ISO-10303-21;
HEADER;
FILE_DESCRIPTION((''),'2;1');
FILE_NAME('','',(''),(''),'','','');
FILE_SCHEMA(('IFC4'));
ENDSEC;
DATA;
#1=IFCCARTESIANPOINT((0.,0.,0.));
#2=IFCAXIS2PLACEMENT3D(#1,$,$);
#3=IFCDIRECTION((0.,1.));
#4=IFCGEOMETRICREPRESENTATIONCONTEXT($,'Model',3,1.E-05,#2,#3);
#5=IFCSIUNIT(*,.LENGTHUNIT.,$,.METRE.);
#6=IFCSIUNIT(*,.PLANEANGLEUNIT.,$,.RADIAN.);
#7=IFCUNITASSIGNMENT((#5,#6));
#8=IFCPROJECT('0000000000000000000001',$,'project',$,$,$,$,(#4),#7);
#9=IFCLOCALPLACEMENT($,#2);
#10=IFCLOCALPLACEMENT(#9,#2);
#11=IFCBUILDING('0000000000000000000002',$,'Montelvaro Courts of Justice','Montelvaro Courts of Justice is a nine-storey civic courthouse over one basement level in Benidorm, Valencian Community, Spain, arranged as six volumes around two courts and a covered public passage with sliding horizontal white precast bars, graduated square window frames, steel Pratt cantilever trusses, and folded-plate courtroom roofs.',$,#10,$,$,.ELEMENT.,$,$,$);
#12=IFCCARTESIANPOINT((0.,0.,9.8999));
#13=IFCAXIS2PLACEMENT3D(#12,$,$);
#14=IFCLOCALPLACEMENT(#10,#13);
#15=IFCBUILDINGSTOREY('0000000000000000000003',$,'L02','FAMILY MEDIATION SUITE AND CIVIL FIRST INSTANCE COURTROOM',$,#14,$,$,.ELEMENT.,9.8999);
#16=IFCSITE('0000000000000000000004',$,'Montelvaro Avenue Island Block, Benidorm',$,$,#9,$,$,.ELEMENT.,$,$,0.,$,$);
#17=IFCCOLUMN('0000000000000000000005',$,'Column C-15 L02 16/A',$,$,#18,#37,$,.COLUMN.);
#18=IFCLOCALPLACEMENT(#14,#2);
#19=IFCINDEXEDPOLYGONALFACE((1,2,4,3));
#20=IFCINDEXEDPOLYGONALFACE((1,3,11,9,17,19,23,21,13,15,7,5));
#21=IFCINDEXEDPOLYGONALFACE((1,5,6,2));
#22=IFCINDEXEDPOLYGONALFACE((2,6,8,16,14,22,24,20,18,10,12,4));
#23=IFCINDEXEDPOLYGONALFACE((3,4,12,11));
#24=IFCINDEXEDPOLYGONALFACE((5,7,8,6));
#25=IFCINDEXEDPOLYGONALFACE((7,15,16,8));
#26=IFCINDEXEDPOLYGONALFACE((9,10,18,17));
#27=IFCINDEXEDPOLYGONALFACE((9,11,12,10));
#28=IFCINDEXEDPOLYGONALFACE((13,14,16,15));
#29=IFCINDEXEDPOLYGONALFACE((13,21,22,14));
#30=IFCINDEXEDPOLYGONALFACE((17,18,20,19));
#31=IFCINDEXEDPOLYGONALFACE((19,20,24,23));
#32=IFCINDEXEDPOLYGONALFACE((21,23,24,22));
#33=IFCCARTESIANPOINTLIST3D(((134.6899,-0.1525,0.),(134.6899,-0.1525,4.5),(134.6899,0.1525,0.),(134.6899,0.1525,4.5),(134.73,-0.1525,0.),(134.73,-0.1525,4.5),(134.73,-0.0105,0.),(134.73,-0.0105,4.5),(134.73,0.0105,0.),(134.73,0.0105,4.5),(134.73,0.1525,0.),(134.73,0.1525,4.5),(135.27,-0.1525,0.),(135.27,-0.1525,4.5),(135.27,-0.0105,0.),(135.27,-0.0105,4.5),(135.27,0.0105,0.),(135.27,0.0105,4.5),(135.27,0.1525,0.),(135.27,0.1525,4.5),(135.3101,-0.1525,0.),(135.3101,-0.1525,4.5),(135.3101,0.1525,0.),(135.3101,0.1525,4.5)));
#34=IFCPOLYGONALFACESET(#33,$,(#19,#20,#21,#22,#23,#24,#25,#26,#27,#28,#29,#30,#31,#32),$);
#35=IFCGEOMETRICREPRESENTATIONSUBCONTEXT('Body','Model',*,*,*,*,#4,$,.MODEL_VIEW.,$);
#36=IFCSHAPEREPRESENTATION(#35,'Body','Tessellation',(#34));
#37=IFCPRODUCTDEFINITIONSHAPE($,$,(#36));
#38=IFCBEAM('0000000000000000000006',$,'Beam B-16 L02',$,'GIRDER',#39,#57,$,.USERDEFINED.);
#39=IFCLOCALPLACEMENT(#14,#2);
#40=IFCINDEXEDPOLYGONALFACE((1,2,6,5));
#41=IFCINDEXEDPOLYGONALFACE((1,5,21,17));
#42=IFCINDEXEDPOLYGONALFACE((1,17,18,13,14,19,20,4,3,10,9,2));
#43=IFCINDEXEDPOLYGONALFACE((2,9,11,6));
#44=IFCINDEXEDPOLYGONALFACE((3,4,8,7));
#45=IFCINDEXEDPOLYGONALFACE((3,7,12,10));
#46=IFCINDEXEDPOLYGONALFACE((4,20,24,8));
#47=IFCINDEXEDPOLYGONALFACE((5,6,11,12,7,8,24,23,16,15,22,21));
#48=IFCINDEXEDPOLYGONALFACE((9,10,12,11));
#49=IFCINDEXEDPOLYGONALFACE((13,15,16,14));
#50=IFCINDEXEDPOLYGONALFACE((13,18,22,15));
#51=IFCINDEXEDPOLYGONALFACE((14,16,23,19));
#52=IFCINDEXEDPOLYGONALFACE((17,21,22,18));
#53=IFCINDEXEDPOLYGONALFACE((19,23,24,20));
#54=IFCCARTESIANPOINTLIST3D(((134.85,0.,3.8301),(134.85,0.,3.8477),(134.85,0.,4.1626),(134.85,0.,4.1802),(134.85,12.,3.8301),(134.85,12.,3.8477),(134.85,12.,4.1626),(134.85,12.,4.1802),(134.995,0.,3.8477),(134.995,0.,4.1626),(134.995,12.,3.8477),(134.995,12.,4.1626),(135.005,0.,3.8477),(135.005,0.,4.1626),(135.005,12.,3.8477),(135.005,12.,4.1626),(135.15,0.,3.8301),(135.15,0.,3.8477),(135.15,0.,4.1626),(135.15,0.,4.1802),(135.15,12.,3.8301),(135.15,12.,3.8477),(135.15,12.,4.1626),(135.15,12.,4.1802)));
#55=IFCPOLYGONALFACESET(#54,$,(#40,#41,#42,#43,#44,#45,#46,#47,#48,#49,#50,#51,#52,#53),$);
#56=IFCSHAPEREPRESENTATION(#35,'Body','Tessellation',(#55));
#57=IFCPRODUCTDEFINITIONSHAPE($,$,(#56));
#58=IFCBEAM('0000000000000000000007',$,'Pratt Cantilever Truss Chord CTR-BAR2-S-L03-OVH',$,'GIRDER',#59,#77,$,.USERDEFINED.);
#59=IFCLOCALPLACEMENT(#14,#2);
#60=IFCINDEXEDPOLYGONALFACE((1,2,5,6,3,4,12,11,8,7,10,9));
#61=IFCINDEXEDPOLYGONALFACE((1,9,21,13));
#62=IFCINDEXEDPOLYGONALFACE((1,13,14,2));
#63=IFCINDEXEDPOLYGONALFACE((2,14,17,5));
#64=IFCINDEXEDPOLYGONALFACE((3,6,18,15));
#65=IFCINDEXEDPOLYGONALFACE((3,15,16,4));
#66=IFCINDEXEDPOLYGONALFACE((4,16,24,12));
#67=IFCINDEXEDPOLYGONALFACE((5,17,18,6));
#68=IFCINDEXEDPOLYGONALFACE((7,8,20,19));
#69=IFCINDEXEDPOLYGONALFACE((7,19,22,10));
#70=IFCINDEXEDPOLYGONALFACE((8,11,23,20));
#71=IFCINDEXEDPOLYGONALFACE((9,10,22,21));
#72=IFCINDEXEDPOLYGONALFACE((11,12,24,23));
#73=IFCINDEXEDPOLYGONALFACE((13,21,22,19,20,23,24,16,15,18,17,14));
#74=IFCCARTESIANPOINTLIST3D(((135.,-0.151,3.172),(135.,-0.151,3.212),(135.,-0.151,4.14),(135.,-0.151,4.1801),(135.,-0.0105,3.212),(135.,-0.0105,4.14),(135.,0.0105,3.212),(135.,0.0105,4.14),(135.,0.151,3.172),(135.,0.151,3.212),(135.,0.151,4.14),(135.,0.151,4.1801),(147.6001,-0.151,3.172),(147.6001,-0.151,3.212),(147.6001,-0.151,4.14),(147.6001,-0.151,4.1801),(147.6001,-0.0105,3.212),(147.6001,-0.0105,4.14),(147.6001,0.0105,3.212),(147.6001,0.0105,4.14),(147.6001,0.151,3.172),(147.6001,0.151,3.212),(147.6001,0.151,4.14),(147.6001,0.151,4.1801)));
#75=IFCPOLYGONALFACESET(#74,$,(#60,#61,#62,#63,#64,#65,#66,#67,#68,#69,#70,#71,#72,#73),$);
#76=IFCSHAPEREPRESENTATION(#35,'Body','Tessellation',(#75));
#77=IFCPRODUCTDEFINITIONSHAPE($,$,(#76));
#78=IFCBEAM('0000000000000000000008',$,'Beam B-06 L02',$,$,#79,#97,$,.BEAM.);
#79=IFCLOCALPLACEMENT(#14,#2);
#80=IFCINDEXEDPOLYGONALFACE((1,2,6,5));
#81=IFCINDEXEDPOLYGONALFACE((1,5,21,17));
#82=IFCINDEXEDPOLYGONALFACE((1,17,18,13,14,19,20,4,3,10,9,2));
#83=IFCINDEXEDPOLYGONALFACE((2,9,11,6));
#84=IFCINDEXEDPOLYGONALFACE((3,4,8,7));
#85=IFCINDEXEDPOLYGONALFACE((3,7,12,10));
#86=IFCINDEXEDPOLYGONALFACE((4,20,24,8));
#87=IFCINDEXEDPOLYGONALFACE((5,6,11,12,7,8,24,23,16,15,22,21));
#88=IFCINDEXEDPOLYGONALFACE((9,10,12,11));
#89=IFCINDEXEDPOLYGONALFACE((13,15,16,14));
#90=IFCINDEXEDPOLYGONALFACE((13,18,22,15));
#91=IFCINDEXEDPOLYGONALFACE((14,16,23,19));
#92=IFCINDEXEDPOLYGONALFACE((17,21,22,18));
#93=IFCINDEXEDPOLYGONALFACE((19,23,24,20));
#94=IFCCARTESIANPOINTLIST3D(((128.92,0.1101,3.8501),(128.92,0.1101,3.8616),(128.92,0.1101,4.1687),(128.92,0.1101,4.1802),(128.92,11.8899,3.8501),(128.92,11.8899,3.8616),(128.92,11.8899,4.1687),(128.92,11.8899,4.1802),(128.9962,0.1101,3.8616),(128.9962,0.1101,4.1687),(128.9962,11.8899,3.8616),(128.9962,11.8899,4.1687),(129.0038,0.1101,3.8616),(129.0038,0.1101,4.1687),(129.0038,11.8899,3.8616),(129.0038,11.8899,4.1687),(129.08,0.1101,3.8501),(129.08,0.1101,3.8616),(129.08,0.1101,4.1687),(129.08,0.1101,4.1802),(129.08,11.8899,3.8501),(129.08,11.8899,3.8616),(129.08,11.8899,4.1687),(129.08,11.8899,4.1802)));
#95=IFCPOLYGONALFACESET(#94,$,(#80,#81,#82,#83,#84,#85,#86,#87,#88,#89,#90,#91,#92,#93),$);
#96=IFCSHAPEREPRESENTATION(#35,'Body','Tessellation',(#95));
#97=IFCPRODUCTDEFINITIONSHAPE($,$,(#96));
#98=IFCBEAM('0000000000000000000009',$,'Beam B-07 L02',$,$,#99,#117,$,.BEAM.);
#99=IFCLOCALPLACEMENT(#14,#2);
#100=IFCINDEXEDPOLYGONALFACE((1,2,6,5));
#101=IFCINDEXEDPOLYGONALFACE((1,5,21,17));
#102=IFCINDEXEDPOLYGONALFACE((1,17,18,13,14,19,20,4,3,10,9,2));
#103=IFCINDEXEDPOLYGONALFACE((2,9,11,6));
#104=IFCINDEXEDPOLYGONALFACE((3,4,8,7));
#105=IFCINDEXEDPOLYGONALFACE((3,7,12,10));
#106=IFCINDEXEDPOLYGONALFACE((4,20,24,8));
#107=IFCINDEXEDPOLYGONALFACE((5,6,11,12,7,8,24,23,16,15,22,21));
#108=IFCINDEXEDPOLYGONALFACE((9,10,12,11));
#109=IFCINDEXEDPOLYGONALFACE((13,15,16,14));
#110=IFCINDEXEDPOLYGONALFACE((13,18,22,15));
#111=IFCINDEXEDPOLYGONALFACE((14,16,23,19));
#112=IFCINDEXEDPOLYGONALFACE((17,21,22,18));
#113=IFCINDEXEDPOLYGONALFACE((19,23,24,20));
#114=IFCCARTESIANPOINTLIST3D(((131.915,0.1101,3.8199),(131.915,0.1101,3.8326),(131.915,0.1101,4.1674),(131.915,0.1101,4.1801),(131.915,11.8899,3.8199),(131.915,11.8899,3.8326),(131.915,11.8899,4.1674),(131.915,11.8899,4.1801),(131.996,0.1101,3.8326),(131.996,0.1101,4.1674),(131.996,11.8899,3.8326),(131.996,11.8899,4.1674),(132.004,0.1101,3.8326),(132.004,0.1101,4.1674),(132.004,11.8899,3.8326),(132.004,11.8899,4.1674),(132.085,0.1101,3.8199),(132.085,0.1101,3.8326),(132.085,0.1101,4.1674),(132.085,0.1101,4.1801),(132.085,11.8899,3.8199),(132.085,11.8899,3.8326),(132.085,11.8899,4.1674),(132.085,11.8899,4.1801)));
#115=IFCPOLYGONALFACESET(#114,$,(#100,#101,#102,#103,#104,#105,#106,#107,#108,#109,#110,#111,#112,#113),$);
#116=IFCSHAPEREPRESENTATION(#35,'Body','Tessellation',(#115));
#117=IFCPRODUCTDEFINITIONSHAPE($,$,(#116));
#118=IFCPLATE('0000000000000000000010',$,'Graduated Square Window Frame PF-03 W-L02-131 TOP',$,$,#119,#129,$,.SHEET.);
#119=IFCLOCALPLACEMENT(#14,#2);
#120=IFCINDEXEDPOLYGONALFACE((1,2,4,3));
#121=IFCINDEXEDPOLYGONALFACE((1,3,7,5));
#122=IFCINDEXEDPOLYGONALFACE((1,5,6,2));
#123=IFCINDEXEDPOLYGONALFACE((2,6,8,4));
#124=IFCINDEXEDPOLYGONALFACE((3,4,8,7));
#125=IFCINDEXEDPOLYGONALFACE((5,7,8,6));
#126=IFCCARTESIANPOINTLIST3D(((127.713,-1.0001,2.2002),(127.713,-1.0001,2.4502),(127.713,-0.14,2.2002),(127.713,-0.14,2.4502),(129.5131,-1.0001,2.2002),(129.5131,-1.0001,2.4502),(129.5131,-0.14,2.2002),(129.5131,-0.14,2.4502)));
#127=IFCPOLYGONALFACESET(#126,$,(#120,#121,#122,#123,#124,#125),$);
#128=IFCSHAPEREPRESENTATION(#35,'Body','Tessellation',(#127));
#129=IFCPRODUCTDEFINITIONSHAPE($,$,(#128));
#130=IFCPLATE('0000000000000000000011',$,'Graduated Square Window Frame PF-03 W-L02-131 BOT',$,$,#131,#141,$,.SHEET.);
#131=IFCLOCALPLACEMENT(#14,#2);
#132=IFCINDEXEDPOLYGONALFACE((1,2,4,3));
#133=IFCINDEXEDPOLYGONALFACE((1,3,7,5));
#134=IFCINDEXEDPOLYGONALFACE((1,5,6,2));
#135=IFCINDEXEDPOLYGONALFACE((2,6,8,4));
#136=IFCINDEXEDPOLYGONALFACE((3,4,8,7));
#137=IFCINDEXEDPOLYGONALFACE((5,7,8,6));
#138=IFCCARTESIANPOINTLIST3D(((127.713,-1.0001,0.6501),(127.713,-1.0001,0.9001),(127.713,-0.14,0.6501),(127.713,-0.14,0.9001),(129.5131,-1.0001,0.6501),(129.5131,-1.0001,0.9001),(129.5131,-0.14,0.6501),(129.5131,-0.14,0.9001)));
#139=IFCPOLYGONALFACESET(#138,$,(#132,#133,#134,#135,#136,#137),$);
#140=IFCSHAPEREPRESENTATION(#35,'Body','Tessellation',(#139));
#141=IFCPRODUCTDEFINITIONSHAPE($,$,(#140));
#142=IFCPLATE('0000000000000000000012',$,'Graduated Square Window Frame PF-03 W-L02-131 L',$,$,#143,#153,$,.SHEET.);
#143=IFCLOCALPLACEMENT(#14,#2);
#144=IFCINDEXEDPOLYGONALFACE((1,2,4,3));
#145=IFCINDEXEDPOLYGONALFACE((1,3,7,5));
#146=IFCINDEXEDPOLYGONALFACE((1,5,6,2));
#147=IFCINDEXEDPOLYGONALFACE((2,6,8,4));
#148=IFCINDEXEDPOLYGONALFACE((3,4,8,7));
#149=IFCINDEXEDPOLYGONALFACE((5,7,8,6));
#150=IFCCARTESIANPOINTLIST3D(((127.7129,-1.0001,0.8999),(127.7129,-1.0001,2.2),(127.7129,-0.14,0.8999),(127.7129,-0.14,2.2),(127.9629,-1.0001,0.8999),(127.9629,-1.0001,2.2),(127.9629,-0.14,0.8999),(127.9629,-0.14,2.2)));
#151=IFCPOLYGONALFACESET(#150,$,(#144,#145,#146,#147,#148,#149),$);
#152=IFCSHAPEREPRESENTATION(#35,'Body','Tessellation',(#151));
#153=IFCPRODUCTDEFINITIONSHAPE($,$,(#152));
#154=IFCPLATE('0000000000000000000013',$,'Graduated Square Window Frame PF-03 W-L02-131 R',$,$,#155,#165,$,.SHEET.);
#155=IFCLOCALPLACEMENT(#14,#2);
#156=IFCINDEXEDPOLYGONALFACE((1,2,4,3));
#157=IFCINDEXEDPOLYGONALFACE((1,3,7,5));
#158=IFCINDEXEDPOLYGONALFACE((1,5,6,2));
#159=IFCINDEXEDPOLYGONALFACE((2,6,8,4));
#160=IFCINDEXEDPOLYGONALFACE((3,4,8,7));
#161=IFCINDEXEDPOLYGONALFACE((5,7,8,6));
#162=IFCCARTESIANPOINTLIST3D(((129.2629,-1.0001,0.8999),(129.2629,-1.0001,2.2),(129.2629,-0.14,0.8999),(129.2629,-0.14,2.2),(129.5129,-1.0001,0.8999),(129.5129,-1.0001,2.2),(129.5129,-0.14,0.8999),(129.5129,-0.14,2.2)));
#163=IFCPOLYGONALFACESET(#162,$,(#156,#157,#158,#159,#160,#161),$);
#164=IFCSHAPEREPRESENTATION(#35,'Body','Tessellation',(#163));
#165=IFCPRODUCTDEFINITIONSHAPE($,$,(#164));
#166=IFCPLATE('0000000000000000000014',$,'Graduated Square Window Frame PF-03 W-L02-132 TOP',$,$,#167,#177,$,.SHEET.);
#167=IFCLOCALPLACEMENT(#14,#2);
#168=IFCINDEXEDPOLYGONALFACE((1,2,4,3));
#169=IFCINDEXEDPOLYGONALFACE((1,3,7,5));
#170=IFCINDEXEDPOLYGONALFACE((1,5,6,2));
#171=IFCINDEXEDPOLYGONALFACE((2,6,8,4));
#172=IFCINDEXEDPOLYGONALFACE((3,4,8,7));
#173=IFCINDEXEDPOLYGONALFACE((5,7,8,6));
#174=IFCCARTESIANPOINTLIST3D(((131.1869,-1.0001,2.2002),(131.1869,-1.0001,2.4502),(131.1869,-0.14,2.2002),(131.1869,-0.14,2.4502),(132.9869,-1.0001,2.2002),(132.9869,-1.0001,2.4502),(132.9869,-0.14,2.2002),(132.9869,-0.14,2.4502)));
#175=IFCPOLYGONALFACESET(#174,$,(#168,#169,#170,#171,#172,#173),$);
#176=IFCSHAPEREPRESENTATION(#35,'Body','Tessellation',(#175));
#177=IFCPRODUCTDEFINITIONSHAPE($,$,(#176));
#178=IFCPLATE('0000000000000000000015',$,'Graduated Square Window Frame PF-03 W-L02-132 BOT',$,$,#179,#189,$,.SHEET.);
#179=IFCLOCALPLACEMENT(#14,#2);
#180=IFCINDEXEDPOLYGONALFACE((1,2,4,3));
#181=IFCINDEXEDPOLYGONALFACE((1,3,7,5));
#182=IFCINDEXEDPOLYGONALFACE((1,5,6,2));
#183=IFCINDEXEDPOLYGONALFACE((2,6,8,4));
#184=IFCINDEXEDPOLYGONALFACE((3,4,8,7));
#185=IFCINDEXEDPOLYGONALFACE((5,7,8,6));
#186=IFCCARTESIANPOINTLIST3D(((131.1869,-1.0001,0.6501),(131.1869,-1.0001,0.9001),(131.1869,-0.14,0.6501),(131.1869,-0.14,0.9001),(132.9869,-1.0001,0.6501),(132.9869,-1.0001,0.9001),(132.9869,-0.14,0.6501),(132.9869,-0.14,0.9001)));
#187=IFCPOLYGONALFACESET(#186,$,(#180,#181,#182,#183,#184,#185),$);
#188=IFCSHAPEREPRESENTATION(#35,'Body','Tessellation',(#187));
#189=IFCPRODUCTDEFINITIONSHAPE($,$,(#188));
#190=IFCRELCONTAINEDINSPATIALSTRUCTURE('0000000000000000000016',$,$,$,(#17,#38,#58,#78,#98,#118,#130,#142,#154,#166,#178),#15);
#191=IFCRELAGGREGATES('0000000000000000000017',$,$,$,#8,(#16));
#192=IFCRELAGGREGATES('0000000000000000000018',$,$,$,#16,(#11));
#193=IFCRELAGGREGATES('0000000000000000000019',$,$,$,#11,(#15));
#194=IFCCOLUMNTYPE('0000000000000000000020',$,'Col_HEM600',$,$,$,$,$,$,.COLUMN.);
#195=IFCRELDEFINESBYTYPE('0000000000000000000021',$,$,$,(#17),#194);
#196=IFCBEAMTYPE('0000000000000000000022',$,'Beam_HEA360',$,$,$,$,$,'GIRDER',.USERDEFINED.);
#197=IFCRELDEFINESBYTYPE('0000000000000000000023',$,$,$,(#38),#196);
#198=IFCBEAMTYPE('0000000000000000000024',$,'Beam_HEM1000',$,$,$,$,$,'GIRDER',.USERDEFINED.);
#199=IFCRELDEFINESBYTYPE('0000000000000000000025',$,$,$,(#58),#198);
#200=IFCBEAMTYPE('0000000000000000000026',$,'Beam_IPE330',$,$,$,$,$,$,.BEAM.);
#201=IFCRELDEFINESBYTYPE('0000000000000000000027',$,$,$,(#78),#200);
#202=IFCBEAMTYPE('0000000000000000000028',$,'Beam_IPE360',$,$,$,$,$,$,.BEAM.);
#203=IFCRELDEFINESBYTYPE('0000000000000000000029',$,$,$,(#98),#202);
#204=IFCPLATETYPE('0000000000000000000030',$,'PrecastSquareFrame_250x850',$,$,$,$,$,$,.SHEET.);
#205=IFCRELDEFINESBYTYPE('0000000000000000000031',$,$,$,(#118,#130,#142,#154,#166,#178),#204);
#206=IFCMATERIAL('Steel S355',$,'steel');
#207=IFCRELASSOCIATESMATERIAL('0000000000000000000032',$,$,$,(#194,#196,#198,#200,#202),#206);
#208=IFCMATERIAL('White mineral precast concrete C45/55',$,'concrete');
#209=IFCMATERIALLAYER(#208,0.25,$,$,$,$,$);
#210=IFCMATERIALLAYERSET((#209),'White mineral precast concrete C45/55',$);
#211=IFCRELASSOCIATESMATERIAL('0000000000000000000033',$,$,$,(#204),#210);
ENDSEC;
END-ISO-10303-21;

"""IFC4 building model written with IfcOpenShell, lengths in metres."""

from ifc_helpers import new_model, si_unit, direction, frame, origin, origin_2d, place, context, subcontext, project, spatial, rectangle, i_section, extrude, material, layer, layer_set, material_profile, profile_set, type_object, element, save


model = new_model("IFC4")

# Units and contexts
model_context = context("Model", 3, precision=1e-05, world=origin(), true_north=direction((0.0, 1.0)))
body_context = subcontext(model_context, "Body", "Model", "MODEL_VIEW")
ifc_project = project(units=[si_unit("LENGTHUNIT", "METRE"), si_unit("PLANEANGLEUNIT", "RADIAN")], contexts=[model_context])

# Site, building, storey
site_placement = place(None, origin())
site = spatial("IfcSite", under=ifc_project, at=site_placement, Name="Montelvaro Avenue Island Block, Benidorm", CompositionType="ELEMENT", RefElevation=0.0)
building_placement = place(site_placement, origin())
building = spatial("IfcBuilding", under=site, at=building_placement, Name="Montelvaro Courts of Justice", Description="Montelvaro Courts of Justice is a nine-storey civic courthouse over one basement level in Benidorm, Valencian Community, Spain, arranged as six volumes around two courts and a covered public passage with sliding horizontal white precast bars, graduated square window frames, steel Pratt cantilever trusses, and folded-plate courtroom roofs.", CompositionType="ELEMENT")
storey_placement = place(building_placement, frame((0.0, 0.0, 9.8999)))
storey = spatial("IfcBuildingStorey", under=building, at=storey_placement, Name="L02", Description="FAMILY MEDIATION SUITE AND CIVIL FIRST INSTANCE COURTROOM", CompositionType="ELEMENT", Elevation=9.8999)

# Column
ifc_material_1 = material(Name="Steel S355", Category="steel")
ifc_material_profile_1 = material_profile(ifc_material_1, i_section(OverallWidth=0.3049, OverallDepth=0.6201, WebThickness=0.021, FlangeThickness=0.04, at=origin_2d()), Name="HEM 600")
ifc_profile_set_1 = profile_set([ifc_material_profile_1], Name="Steel S355")
column_type = type_object("IfcColumnType", Name="Col_HEM600", PredefinedType="COLUMN", material=ifc_profile_set_1)
column_placement = place(storey_placement, frame((135.0, 0.0, 0.0), z_axis=(0.0, 0.0, 1.0), x_axis=(0.0, 1.0, 0.0)))
element("IfcColumn", 1, at=column_placement, inside=storey, type_object=column_type, Name="Column C-15 L02 16/A", PredefinedType="COLUMN", context=body_context, shape_type="SweptSolid", body=[
    extrude(i_section(OverallWidth=0.3049, OverallDepth=0.6201, WebThickness=0.021, FlangeThickness=0.04, at=origin_2d()), origin(), (0.0, 0.0, 1.0), 4.5),
])

# Beams
ifc_material_profile_2 = material_profile(ifc_material_1, i_section(OverallWidth=0.3, OverallDepth=0.3501, WebThickness=0.01, FlangeThickness=0.0176, at=origin_2d()), Name="HEA 360")
ifc_profile_set_2 = profile_set([ifc_material_profile_2], Name="Steel S355")
beam_type_1 = type_object("IfcBeamType", Name="Beam_HEA360", ElementType="GIRDER", PredefinedType="USERDEFINED", material=ifc_profile_set_2)
beam_1_placement = place(storey_placement, frame((135.0, 0.0, 4.0051), z_axis=(0.0, 1.0, 0.0), x_axis=(-1.0, 0.0, 0.0)))
element("IfcBeam", 2, at=beam_1_placement, inside=storey, type_object=beam_type_1, Name="Beam B-16 L02", ObjectType="GIRDER", PredefinedType="USERDEFINED", context=body_context, shape_type="SweptSolid", body=[
    extrude(i_section(OverallWidth=0.3, OverallDepth=0.3501, WebThickness=0.01, FlangeThickness=0.0176, at=origin_2d()), origin(), (0.0, 0.0, 1.0), 12.0),
])
ifc_material_profile_3 = material_profile(ifc_material_1, i_section(OverallWidth=0.302, OverallDepth=1.0081, WebThickness=0.021, FlangeThickness=0.04, at=origin_2d()), Name="HEM 1000")
ifc_profile_set_3 = profile_set([ifc_material_profile_3], Name="Steel S355")
beam_type_2 = type_object("IfcBeamType", Name="Beam_HEM1000", ElementType="GIRDER", PredefinedType="USERDEFINED", material=ifc_profile_set_3)
beam_2_placement = place(storey_placement, frame((135.0, 0.0, 3.676), z_axis=(1.0, 0.0, 0.0), x_axis=(0.0, 1.0, 0.0)))
element("IfcBeam", 3, at=beam_2_placement, inside=storey, type_object=beam_type_2, Name="Pratt Cantilever Truss Chord CTR-BAR2-S-L03-OVH", ObjectType="GIRDER", PredefinedType="USERDEFINED", context=body_context, shape_type="SweptSolid", body=[
    extrude(i_section(OverallWidth=0.302, OverallDepth=1.0081, WebThickness=0.021, FlangeThickness=0.04, at=origin_2d()), origin(), (0.0, 0.0, 1.0), 12.6001),
])
ifc_material_profile_4 = material_profile(ifc_material_1, i_section(OverallWidth=0.1599, OverallDepth=0.3301, WebThickness=0.0076, FlangeThickness=0.0115, at=origin_2d()), Name="IPE 330")
ifc_profile_set_4 = profile_set([ifc_material_profile_4], Name="Steel S355")
beam_type_3 = type_object("IfcBeamType", Name="Beam_IPE330", PredefinedType="BEAM", material=ifc_profile_set_4)
beam_3_placement = place(storey_placement, frame((129.0, 0.1101, 4.0151), z_axis=(0.0, 1.0, 0.0), x_axis=(-1.0, 0.0, 0.0)))
element("IfcBeam", 4, at=beam_3_placement, inside=storey, type_object=beam_type_3, Name="Beam B-06 L02", PredefinedType="BEAM", context=body_context, shape_type="SweptSolid", body=[
    extrude(i_section(OverallWidth=0.1599, OverallDepth=0.3301, WebThickness=0.0076, FlangeThickness=0.0115, at=origin_2d()), origin(), (0.0, 0.0, 1.0), 11.7798),
])
ifc_material_profile_5 = material_profile(ifc_material_1, i_section(OverallWidth=0.1699, OverallDepth=0.3601, WebThickness=0.0081, FlangeThickness=0.0127, at=origin_2d()), Name="IPE 360")
ifc_profile_set_5 = profile_set([ifc_material_profile_5], Name="Steel S355")
beam_type_4 = type_object("IfcBeamType", Name="Beam_IPE360", PredefinedType="BEAM", material=ifc_profile_set_5)
beam_4_placement = place(storey_placement, frame((132.0, 0.1101, 4.0), z_axis=(0.0, 1.0, 0.0), x_axis=(-1.0, 0.0, 0.0)))
element("IfcBeam", 5, at=beam_4_placement, inside=storey, type_object=beam_type_4, Name="Beam B-07 L02", PredefinedType="BEAM", context=body_context, shape_type="SweptSolid", body=[
    extrude(i_section(OverallWidth=0.1699, OverallDepth=0.3601, WebThickness=0.0081, FlangeThickness=0.0127, at=origin_2d()), origin(), (0.0, 0.0, 1.0), 11.7798),
])

# Plates
ifc_material_2 = material(Name="White mineral precast concrete C45/55", Category="concrete")
ifc_layer_1 = layer(ifc_material_2, 0.25)
ifc_layer_set_1 = layer_set([ifc_layer_1], Name="White mineral precast concrete C45/55")
plate_type = type_object("IfcPlateType", Name="PrecastSquareFrame_250x850", PredefinedType="SHEET", material=ifc_layer_set_1)
for number, where, z_axis, x_axis, name in (
    (6, (128.613, -0.5701, 2.2002), (0.0, 0.0, 1.0), (1.0, 0.0, 0.0), "Graduated Square Window Frame PF-03 W-L02-131 TOP"),
    (7, (128.613, -0.5701, 0.6501), (0.0, 0.0, 1.0), (1.0, 0.0, 0.0), "Graduated Square Window Frame PF-03 W-L02-131 BOT"),
):
    element("IfcPlate", number, at=place(storey_placement, frame(where, z_axis=z_axis, x_axis=x_axis)), inside=storey, type_object=plate_type, Name=name, PredefinedType="SHEET", context=body_context, shape_type="SweptSolid", body=[
        extrude(rectangle(XDim=1.8, YDim=0.8601, at=origin_2d()), origin(), (0.0, 0.0, 1.0), 0.25),
    ])
for number, where, z_axis, x_axis, name in (
    (8, (127.8379, -0.5701, 0.8999), (0.0, 0.0, 1.0), (1.0, 0.0, 0.0), "Graduated Square Window Frame PF-03 W-L02-131 L"),
    (9, (129.3879, -0.5701, 0.8999), (0.0, 0.0, 1.0), (1.0, 0.0, 0.0), "Graduated Square Window Frame PF-03 W-L02-131 R"),
):
    element("IfcPlate", number, at=place(storey_placement, frame(where, z_axis=z_axis, x_axis=x_axis)), inside=storey, type_object=plate_type, Name=name, PredefinedType="SHEET", context=body_context, shape_type="SweptSolid", body=[
        extrude(rectangle(XDim=0.25, YDim=0.8601, at=origin_2d()), origin(), (0.0, 0.0, 1.0), 1.3),
    ])
for number, where, z_axis, x_axis, name in (
    (10, (132.0869, -0.5701, 2.2002), (0.0, 0.0, 1.0), (1.0, 0.0, 0.0), "Graduated Square Window Frame PF-03 W-L02-132 TOP"),
    (11, (132.0869, -0.5701, 0.6501), (0.0, 0.0, 1.0), (1.0, 0.0, 0.0), "Graduated Square Window Frame PF-03 W-L02-132 BOT"),
):
    element("IfcPlate", number, at=place(storey_placement, frame(where, z_axis=z_axis, x_axis=x_axis)), inside=storey, type_object=plate_type, Name=name, PredefinedType="SHEET", context=body_context, shape_type="SweptSolid", body=[
        extrude(rectangle(XDim=1.8, YDim=0.8601, at=origin_2d()), origin(), (0.0, 0.0, 1.0), 0.25),
    ])

save(model, "model.ifc")
